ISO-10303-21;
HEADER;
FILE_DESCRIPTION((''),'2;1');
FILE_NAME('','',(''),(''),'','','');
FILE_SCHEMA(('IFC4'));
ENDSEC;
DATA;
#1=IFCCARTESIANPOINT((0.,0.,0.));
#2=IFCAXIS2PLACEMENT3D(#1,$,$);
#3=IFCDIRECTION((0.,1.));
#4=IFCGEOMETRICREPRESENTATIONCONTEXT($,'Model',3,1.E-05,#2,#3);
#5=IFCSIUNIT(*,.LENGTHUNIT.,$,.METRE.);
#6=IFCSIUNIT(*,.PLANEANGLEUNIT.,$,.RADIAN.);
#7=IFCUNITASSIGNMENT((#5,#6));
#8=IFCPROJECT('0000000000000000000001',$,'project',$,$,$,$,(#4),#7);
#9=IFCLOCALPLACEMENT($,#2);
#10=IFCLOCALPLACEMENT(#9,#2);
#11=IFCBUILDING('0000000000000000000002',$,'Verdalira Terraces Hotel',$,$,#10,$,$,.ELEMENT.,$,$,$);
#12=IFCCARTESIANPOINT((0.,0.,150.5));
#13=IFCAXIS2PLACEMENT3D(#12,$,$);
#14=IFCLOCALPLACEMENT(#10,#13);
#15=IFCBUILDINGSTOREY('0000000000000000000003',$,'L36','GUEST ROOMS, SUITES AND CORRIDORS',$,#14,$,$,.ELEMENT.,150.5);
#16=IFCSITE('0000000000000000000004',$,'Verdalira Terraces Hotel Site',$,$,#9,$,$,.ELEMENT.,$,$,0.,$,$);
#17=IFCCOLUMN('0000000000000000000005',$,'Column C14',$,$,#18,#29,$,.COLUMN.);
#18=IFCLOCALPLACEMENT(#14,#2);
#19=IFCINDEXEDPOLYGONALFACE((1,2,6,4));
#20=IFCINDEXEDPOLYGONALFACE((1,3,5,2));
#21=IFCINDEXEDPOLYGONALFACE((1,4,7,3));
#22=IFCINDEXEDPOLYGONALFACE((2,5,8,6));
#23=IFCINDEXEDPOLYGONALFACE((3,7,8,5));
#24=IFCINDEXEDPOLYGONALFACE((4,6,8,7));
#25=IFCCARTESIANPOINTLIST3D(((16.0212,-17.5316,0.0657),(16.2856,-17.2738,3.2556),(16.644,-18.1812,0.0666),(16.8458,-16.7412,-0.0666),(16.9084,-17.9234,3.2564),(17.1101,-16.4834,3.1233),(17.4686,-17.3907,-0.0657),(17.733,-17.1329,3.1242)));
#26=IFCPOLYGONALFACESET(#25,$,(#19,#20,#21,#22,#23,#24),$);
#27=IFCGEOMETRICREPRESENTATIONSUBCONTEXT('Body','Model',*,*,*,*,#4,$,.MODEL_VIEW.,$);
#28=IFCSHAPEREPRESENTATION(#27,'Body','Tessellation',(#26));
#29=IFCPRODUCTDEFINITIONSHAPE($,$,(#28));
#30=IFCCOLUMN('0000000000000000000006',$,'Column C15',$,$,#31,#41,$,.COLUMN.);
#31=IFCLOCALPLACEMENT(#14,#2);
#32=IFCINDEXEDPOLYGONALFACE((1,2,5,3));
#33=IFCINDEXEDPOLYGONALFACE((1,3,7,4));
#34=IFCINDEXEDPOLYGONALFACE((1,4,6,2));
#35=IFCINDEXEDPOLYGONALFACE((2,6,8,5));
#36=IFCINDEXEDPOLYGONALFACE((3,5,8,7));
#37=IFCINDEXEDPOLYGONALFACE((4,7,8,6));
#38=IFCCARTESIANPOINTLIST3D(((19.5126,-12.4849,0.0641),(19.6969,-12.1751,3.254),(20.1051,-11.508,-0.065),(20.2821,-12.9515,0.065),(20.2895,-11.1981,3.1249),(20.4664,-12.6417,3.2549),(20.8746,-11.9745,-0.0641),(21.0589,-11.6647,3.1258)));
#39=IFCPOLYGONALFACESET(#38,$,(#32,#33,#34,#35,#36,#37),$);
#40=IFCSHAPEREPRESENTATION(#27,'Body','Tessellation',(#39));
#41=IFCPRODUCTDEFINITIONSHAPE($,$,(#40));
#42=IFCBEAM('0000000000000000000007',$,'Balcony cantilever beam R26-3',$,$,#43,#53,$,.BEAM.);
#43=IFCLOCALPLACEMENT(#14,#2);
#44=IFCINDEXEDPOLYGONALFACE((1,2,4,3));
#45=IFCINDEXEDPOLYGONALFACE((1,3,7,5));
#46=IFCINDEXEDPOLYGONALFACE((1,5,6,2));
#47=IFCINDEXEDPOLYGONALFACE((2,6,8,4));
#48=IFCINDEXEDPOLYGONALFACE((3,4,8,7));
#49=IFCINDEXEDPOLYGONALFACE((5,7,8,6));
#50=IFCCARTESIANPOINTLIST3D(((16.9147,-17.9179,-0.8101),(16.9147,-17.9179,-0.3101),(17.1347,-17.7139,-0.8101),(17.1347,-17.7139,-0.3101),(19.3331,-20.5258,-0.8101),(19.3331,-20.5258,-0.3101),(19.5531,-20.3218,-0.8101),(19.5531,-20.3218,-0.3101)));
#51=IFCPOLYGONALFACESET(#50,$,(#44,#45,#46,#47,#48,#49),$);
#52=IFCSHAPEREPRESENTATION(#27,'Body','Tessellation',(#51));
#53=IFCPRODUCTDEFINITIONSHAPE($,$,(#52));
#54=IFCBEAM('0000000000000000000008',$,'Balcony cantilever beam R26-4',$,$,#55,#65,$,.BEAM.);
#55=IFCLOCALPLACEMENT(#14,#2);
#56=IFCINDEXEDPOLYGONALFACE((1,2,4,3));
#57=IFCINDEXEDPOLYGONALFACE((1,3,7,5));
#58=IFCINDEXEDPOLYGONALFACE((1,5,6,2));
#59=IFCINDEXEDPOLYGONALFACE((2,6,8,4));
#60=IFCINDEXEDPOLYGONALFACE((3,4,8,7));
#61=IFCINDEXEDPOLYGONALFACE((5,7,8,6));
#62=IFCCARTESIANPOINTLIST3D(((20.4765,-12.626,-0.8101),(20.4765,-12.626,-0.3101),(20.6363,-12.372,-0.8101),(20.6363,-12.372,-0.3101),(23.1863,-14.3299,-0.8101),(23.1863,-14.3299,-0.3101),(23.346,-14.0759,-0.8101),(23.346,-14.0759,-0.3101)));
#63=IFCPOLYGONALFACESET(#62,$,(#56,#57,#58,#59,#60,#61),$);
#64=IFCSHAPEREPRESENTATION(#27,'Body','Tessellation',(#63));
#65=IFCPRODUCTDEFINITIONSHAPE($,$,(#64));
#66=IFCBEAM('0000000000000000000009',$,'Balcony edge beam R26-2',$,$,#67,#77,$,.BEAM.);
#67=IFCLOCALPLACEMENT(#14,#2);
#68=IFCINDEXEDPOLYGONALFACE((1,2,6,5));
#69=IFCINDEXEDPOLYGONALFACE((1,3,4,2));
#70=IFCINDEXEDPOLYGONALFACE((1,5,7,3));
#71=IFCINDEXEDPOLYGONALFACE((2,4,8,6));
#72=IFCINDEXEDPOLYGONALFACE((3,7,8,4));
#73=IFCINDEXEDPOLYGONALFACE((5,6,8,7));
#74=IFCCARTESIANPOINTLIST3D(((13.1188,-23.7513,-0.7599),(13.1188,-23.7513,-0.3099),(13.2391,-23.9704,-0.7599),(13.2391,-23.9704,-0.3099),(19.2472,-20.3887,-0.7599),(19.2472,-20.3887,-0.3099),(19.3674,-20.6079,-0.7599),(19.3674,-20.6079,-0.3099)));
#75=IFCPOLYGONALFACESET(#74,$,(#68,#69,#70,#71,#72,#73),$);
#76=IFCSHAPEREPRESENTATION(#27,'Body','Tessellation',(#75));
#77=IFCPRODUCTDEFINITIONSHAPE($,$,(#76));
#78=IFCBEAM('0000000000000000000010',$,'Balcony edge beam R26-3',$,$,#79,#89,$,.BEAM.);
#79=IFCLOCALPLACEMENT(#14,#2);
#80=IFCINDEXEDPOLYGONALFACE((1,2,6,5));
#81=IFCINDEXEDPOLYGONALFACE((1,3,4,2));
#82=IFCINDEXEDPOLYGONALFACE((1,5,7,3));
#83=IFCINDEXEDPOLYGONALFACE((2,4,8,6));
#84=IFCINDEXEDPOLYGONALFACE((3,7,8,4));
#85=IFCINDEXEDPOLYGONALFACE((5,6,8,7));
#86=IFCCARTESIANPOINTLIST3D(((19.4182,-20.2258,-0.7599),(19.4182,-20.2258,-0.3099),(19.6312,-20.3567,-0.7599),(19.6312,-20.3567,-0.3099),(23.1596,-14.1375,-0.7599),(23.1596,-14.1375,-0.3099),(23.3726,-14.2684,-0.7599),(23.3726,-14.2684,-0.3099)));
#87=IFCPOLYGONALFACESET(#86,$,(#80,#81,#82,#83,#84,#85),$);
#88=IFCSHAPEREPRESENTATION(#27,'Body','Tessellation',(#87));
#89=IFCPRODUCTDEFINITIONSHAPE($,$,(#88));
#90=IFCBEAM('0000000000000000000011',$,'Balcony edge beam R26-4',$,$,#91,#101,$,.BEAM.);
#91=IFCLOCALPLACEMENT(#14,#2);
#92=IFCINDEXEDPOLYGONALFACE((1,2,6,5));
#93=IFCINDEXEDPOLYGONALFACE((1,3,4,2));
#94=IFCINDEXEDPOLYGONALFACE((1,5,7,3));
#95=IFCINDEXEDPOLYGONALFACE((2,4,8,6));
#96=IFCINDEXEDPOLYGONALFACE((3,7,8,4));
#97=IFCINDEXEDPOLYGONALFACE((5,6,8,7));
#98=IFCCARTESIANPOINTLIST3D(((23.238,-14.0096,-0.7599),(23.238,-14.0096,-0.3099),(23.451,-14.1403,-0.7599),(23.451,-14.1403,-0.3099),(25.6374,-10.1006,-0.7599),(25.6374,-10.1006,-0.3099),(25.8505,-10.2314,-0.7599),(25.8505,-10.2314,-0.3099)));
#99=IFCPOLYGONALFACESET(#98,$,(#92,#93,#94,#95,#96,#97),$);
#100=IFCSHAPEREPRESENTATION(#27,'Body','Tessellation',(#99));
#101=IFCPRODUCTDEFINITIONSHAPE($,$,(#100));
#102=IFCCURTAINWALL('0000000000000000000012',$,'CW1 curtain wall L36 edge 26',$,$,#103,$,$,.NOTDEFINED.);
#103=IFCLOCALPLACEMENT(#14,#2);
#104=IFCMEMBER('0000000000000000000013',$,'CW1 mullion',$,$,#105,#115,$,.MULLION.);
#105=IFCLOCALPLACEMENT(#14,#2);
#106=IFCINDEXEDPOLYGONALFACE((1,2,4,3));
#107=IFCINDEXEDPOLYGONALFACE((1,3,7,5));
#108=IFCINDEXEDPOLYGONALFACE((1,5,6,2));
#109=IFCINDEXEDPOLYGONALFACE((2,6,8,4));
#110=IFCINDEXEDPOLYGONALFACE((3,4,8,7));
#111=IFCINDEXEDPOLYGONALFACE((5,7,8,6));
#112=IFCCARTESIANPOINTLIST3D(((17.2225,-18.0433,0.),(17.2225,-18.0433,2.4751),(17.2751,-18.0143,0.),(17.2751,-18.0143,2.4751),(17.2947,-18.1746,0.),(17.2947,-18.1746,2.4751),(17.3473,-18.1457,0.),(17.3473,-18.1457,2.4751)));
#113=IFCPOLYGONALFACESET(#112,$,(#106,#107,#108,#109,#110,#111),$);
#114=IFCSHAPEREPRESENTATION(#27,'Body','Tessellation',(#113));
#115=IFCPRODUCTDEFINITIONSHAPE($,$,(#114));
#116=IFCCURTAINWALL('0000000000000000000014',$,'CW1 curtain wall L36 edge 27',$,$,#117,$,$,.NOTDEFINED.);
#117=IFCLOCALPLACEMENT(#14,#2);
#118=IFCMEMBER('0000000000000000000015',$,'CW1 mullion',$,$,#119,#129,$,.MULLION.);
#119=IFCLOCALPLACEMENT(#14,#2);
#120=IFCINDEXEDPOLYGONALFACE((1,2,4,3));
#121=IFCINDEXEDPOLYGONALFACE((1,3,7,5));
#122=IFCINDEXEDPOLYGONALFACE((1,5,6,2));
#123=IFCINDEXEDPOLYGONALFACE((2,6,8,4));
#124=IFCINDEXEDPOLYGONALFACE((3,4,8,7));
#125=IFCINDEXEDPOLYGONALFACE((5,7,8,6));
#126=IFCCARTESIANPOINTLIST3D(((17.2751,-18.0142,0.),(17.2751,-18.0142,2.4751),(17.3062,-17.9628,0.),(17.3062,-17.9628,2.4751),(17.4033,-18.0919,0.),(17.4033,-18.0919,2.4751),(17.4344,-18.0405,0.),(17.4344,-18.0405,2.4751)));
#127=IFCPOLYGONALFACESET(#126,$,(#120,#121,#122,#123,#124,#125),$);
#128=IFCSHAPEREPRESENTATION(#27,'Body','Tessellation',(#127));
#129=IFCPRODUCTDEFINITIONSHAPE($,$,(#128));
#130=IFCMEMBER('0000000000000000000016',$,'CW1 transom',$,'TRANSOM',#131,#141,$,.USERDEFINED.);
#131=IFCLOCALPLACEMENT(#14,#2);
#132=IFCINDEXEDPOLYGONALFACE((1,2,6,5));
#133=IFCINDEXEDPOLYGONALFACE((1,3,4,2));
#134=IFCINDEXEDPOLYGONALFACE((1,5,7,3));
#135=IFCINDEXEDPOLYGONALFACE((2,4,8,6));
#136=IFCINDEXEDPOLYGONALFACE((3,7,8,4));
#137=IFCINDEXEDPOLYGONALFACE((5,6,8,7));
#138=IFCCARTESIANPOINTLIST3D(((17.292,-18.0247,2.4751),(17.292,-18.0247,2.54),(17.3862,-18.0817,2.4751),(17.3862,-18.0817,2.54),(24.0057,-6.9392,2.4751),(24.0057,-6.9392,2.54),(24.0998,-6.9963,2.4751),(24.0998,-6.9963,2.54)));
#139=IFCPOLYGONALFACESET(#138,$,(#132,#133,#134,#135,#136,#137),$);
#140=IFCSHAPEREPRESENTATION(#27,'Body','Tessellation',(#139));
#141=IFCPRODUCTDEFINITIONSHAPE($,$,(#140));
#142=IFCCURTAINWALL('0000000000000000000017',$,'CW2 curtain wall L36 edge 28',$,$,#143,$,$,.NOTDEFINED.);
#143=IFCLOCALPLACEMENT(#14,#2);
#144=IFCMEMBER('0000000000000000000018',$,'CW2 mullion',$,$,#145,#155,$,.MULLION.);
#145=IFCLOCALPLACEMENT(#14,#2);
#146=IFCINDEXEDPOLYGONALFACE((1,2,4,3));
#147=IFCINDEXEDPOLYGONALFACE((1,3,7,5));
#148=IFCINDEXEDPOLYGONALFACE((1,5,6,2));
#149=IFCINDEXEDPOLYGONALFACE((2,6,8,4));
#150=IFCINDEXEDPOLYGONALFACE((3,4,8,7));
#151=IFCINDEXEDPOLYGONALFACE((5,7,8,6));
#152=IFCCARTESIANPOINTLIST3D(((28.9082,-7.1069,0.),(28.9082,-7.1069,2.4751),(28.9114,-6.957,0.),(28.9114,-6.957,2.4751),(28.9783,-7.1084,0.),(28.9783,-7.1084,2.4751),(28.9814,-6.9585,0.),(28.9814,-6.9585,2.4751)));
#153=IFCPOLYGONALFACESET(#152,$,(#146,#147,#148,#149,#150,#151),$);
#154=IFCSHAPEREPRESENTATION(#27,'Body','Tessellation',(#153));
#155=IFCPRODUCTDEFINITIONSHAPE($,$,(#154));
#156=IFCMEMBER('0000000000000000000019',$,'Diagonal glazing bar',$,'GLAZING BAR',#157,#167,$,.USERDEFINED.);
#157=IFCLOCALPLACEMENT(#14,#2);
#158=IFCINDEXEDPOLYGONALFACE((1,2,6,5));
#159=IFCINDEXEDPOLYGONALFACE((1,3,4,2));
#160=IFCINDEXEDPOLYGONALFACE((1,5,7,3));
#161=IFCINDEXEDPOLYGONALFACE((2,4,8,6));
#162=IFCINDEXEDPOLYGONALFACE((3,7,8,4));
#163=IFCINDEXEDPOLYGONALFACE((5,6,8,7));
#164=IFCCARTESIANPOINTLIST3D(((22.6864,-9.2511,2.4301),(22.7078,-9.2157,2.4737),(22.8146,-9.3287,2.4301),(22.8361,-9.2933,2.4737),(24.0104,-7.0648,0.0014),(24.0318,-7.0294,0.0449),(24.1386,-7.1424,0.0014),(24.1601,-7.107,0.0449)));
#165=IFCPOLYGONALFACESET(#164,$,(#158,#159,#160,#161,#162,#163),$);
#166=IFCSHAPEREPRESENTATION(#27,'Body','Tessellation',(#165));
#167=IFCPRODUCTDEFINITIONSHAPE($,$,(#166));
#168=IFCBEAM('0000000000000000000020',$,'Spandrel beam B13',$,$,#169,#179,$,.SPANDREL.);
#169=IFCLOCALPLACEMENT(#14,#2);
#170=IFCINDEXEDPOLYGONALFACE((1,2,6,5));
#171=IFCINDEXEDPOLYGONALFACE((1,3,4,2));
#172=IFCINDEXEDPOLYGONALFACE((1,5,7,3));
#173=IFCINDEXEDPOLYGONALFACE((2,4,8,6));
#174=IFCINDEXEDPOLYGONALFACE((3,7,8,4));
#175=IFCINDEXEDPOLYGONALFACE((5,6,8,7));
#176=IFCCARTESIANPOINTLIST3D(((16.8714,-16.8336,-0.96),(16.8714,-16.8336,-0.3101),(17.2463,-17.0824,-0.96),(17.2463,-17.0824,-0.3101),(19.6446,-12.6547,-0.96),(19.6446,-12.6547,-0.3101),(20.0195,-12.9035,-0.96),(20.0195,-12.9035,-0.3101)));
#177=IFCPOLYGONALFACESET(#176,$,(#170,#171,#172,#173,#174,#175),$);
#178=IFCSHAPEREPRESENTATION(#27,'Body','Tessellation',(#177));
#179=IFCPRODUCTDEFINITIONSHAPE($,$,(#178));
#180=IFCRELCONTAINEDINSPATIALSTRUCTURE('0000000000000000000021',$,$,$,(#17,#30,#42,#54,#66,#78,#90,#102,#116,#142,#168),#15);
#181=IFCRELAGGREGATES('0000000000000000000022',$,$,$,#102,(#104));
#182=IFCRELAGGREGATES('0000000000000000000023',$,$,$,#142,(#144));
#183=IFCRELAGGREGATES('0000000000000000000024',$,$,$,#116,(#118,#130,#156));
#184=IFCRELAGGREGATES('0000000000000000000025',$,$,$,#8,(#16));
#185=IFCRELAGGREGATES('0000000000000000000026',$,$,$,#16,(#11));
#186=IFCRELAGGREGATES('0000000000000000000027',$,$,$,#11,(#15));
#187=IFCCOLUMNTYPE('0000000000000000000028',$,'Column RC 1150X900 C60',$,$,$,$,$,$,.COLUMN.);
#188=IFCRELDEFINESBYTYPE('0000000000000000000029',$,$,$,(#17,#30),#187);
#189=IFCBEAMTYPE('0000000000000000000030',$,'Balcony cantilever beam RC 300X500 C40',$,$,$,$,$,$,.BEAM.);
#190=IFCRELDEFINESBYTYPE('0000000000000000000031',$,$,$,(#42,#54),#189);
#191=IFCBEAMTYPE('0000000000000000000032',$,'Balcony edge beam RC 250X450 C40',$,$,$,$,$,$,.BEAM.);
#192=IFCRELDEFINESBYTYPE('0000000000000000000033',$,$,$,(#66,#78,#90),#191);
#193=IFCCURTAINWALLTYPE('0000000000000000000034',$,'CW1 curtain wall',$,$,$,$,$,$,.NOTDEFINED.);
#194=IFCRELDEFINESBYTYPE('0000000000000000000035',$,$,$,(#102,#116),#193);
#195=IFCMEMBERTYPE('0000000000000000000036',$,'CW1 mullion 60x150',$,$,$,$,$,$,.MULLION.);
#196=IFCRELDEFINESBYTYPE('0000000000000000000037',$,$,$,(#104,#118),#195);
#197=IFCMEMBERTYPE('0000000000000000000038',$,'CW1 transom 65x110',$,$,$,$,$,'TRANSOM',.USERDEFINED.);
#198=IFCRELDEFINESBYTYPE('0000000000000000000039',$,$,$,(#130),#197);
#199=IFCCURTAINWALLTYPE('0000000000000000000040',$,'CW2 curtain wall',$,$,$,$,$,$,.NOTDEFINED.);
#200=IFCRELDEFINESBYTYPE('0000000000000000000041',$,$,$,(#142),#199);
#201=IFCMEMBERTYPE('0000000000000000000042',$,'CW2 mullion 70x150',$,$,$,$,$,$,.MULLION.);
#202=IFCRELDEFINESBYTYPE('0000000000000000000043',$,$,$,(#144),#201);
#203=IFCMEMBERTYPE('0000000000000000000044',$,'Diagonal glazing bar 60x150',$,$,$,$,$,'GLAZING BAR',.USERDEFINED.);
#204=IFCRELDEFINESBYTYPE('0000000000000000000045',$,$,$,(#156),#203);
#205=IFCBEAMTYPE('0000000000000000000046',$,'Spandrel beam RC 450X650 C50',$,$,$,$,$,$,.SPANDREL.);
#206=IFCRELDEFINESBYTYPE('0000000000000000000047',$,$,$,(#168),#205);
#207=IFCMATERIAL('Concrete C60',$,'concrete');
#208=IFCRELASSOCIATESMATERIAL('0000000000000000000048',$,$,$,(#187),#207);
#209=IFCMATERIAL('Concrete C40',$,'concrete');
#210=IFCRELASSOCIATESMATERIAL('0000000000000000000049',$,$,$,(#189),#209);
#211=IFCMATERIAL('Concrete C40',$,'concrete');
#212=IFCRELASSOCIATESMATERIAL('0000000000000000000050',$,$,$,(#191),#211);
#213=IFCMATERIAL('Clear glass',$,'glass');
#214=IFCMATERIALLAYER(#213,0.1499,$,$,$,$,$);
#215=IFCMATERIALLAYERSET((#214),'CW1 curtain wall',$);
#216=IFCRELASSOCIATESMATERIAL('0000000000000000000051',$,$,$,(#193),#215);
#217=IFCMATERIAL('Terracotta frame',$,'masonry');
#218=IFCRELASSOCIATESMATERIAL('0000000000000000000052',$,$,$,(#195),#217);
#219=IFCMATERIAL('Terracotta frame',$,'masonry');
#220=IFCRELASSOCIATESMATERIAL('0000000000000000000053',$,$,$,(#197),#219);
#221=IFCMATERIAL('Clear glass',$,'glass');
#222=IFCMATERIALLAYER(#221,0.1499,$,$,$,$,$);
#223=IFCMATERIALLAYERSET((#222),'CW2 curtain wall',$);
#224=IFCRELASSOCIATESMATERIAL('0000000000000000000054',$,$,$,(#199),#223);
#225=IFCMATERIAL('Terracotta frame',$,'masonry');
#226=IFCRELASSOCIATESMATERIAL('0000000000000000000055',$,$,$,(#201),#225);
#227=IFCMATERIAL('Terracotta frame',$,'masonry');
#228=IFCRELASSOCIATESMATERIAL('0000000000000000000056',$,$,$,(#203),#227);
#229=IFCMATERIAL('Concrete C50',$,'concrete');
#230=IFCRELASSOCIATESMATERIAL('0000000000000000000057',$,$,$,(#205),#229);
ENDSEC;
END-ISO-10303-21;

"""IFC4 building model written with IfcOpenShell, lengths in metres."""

from ifc_helpers import new_model, si_unit, direction, frame, origin, origin_2d, place, context, subcontext, project, spatial, rectangle, extrude, material, layer, layer_set, material_profile, profile_set, type_object, element, aggregate, save


model = new_model("IFC4")

# Units and contexts
model_context = context("Model", 3, precision=1e-05, world=origin(), true_north=direction((0.0, 1.0)))
body_context = subcontext(model_context, "Body", "Model", "MODEL_VIEW")
ifc_project = project(units=[si_unit("LENGTHUNIT", "METRE"), si_unit("PLANEANGLEUNIT", "RADIAN")], contexts=[model_context])

# Site, building, storey
site_placement = place(None, origin())
site = spatial("IfcSite", under=ifc_project, at=site_placement, Name="Verdalira Terraces Hotel Site", CompositionType="ELEMENT", RefElevation=0.0)
building_placement = place(site_placement, origin())
building = spatial("IfcBuilding", under=site, at=building_placement, Name="Verdalira Terraces Hotel", CompositionType="ELEMENT")
storey_placement = place(building_placement, frame((0.0, 0.0, 150.5)))
storey = spatial("IfcBuildingStorey", under=building, at=storey_placement, Name="L36", Description="GUEST ROOMS, SUITES AND CORRIDORS", CompositionType="ELEMENT", Elevation=150.5)

# Columns
ifc_material_1 = material(Name="Concrete C60", Category="concrete")
ifc_material_profile_1 = material_profile(ifc_material_1, rectangle(XDim=1.1499, YDim=0.8999, at=origin_2d()), Name="RC 1150X900")
ifc_profile_set_1 = profile_set([ifc_material_profile_1], Name="Concrete C60")
column_type = type_object("IfcColumnType", Name="Column RC 1150X900 C60", PredefinedType="COLUMN", material=ifc_profile_set_1)
column_1_placement = place(storey_placement, frame((16.7449, -17.4612, 0.0), z_axis=(0.082337, 0.080284, 0.993366), x_axis=(-0.717087, -0.687431, 0.114996)))
element("IfcColumn", 1, at=column_1_placement, inside=storey, type_object=column_type, Name="Column C14", PredefinedType="COLUMN", context=body_context, shape_type="SweptSolid", body=[
    extrude(rectangle(XDim=1.1499, YDim=0.8999, at=origin_2d()), origin(), (0.0, 0.0, 1.0), 3.2112),
])
column_2_placement = place(storey_placement, frame((20.1936, -12.2297, 0.0), z_axis=(0.057418, 0.096508, 0.993675), x_axis=(0.515299, 0.849622, -0.112293)))
element("IfcColumn", 2, at=column_2_placement, inside=storey, type_object=column_type, Name="Column C15", PredefinedType="COLUMN", context=body_context, shape_type="SweptSolid", body=[
    extrude(rectangle(XDim=1.1499, YDim=0.8999, at=origin_2d()), origin(), (0.0, 0.0, 1.0), 3.2102),
])

# Beams
ifc_material_2 = material(Name="Concrete C40", Category="concrete")
ifc_material_profile_2 = material_profile(ifc_material_2, rectangle(XDim=0.3, YDim=0.5, at=origin_2d()), Name="RC 300X500")
ifc_profile_set_2 = profile_set([ifc_material_profile_2], Name="Concrete C40")
beam_type_1 = type_object("IfcBeamType", Name="Balcony cantilever beam RC 300X500 C40", PredefinedType="BEAM", material=ifc_profile_set_2)
beam_1_placement = place(storey_placement, frame((17.0247, -17.8159, -0.5601), z_axis=(0.679972, -0.733238, 0.0), x_axis=(0.733238, 0.679972, 0.0)))
element("IfcBeam", 3, at=beam_1_placement, inside=storey, type_object=beam_type_1, Name="Balcony cantilever beam R26-3", PredefinedType="BEAM", context=body_context, shape_type="SweptSolid", body=[
    extrude(rectangle(XDim=0.3, YDim=0.5, at=origin_2d()), origin(), (0.0, 0.0, 1.0), 3.5566),
])
beam_2_placement = place(storey_placement, frame((20.5564, -12.499, -0.5601), z_axis=(0.846551, -0.532307, 0.0), x_axis=(0.532307, 0.846551, 0.0)))
element("IfcBeam", 4, at=beam_2_placement, inside=storey, type_object=beam_type_1, Name="Balcony cantilever beam R26-4", PredefinedType="BEAM", context=body_context, shape_type="SweptSolid", body=[
    extrude(rectangle(XDim=0.3, YDim=0.5, at=origin_2d()), origin(), (0.0, 0.0, 1.0), 3.2009),
])
ifc_material_3 = material(Name="Concrete C40", Category="concrete")
ifc_material_profile_3 = material_profile(ifc_material_3, rectangle(XDim=0.25, YDim=0.45, at=origin_2d()), Name="RC 250X450")
ifc_profile_set_3 = profile_set([ifc_material_profile_3], Name="Concrete C40")
beam_type_2 = type_object("IfcBeamType", Name="Balcony edge beam RC 250X450 C40", PredefinedType="BEAM", material=ifc_profile_set_3)
beam_3_placement = place(storey_placement, frame((13.179, -23.8608, -0.5349), z_axis=(0.876704, 0.481031, 0.0), x_axis=(-0.481031, 0.876704, 0.0)))
element("IfcBeam", 5, at=beam_3_placement, inside=storey, type_object=beam_type_2, Name="Balcony edge beam R26-2", PredefinedType="BEAM", context=body_context, shape_type="SweptSolid", body=[
    extrude(rectangle(XDim=0.25, YDim=0.45, at=origin_2d()), origin(), (0.0, 0.0, 1.0), 6.9902),
])
beam_4_placement = place(storey_placement, frame((19.5247, -20.2913, -0.5349), z_axis=(0.523566, 0.851985, 0.0), x_axis=(-0.851985, 0.523566, 0.0)))
element("IfcBeam", 6, at=beam_4_placement, inside=storey, type_object=beam_type_2, Name="Balcony edge beam R26-3", PredefinedType="BEAM", context=body_context, shape_type="SweptSolid", body=[
    extrude(rectangle(XDim=0.25, YDim=0.45, at=origin_2d()), origin(), (0.0, 0.0, 1.0), 7.146),
])
beam_5_placement = place(storey_placement, frame((23.3445, -14.075, -0.5349), z_axis=(0.523135, 0.85225, 0.0), x_axis=(-0.85225, 0.523135, 0.0)))
element("IfcBeam", 7, at=beam_5_placement, inside=storey, type_object=beam_type_2, Name="Balcony edge beam R26-4", PredefinedType="BEAM", context=body_context, shape_type="SweptSolid", body=[
    extrude(rectangle(XDim=0.25, YDim=0.45, at=origin_2d()), origin(), (0.0, 0.0, 1.0), 4.5867),
])

# Curtain wall, member
ifc_material_4 = material(Name="Clear glass", Category="glass")
ifc_layer_1 = layer(ifc_material_4, 0.1499)
ifc_layer_set_1 = layer_set([ifc_layer_1], Name="CW1 curtain wall")
curtain_wall_type_1 = type_object("IfcCurtainWallType", Name="CW1 curtain wall", PredefinedType="NOTDEFINED", material=ifc_layer_set_1)
curtain_wall_1_placement = place(storey_placement, origin())
curtain_wall_1 = element("IfcCurtainWall", 8, at=curtain_wall_1_placement, inside=storey, type_object=curtain_wall_type_1, Name="CW1 curtain wall L36 edge 26", PredefinedType="NOTDEFINED")
ifc_material_5 = material(Name="Terracotta frame", Category="masonry")
ifc_material_profile_4 = material_profile(ifc_material_5, rectangle(XDim=0.0601, YDim=0.1499, at=origin_2d()), Name="MU 60x150")
ifc_profile_set_4 = profile_set([ifc_material_profile_4], Name="Terracotta frame")
member_type_1 = type_object("IfcMemberType", Name="CW1 mullion 60x150", PredefinedType="MULLION", material=ifc_profile_set_4)
member_1_placement = place(storey_placement, frame((17.2849, -18.0945, 0.0), z_axis=(0.0, 0.0, 1.0), x_axis=(0.876307, 0.481754, 0.0)))
member_1 = element("IfcMember", 9, at=member_1_placement, type_object=member_type_1, Name="CW1 mullion", PredefinedType="MULLION", context=body_context, shape_type="SweptSolid", body=[
    extrude(rectangle(XDim=0.0601, YDim=0.1499, at=origin_2d()), origin(), (0.0, 0.0, 1.0), 2.4751),
])
aggregate(curtain_wall_1, [member_1])

# Curtain wall, members
curtain_wall_2_placement = place(storey_placement, origin())
curtain_wall_2 = element("IfcCurtainWall", 10, at=curtain_wall_2_placement, inside=storey, type_object=curtain_wall_type_1, Name="CW1 curtain wall L36 edge 27", PredefinedType="NOTDEFINED")
member_2_placement = place(storey_placement, frame((17.3547, -18.0273, 0.0), z_axis=(0.0, 0.0, 1.0), x_axis=(0.518027, 0.855364, 0.0)))
member_2 = element("IfcMember", 11, at=member_2_placement, type_object=member_type_1, Name="CW1 mullion", PredefinedType="MULLION", context=body_context, shape_type="SweptSolid", body=[
    extrude(rectangle(XDim=0.0601, YDim=0.1499, at=origin_2d()), origin(), (0.0, 0.0, 1.0), 2.4751),
])
ifc_material_6 = material(Name="Terracotta frame", Category="masonry")
ifc_material_profile_5 = material_profile(ifc_material_6, rectangle(XDim=0.1101, YDim=0.0649, at=origin_2d()), Name="TR 65x110")
ifc_profile_set_5 = profile_set([ifc_material_profile_5], Name="Terracotta frame")
member_type_2 = type_object("IfcMemberType", Name="CW1 transom 65x110", ElementType="TRANSOM", PredefinedType="USERDEFINED", material=ifc_profile_set_5)
member_3_placement = place(storey_placement, frame((17.3391, -18.0532, 2.5076), z_axis=(0.518029, 0.855363, 0.0), x_axis=(-0.855363, 0.518029, 0.0)))
member_3 = element("IfcMember", 12, at=member_3_placement, type_object=member_type_2, Name="CW1 transom", ObjectType="TRANSOM", PredefinedType="USERDEFINED", context=body_context, shape_type="SweptSolid", body=[
    extrude(rectangle(XDim=0.1101, YDim=0.0649, at=origin_2d()), origin(), (0.0, 0.0, 1.0), 12.96),
])

# Curtain wall, member
ifc_material_7 = material(Name="Clear glass", Category="glass")
ifc_layer_2 = layer(ifc_material_7, 0.1499)
ifc_layer_set_2 = layer_set([ifc_layer_2], Name="CW2 curtain wall")
curtain_wall_type_2 = type_object("IfcCurtainWallType", Name="CW2 curtain wall", PredefinedType="NOTDEFINED", material=ifc_layer_set_2)
curtain_wall_3_placement = place(storey_placement, origin())
curtain_wall_3 = element("IfcCurtainWall", 13, at=curtain_wall_3_placement, inside=storey, type_object=curtain_wall_type_2, Name="CW2 curtain wall L36 edge 28", PredefinedType="NOTDEFINED")
ifc_material_8 = material(Name="Terracotta frame", Category="masonry")
ifc_material_profile_6 = material_profile(ifc_material_8, rectangle(XDim=0.0701, YDim=0.1499, at=origin_2d()), Name="MU 70x150")
ifc_profile_set_6 = profile_set([ifc_material_profile_6], Name="Terracotta frame")
member_type_3 = type_object("IfcMemberType", Name="CW2 mullion 70x150", PredefinedType="MULLION", material=ifc_profile_set_6)
member_4_placement = place(storey_placement, frame((28.9448, -7.0327, 0.0), z_axis=(0.0, 0.0, 1.0), x_axis=(0.999781, -0.020942, 0.0)))
member_4 = element("IfcMember", 14, at=member_4_placement, type_object=member_type_3, Name="CW2 mullion", PredefinedType="MULLION", context=body_context, shape_type="SweptSolid", body=[
    extrude(rectangle(XDim=0.0701, YDim=0.1499, at=origin_2d()), origin(), (0.0, 0.0, 1.0), 2.4751),
])
aggregate(curtain_wall_3, [member_4])

# Member
ifc_material_9 = material(Name="Terracotta frame", Category="masonry")
ifc_material_profile_7 = material_profile(ifc_material_9, rectangle(XDim=0.1499, YDim=0.0601, at=origin_2d()), Name="GB 60x150")
ifc_profile_set_7 = profile_set([ifc_material_profile_7], Name="Terracotta frame")
member_type_4 = type_object("IfcMemberType", Name="Diagonal glazing bar 60x150", ElementType="GLAZING BAR", PredefinedType="USERDEFINED", material=ifc_profile_set_7)
member_5_placement = place(storey_placement, frame((22.7612, -9.2722, 2.4519), z_axis=(0.375509, 0.620078, -0.688837), x_axis=(-0.855379, 0.518003, 0.0)))
member_5 = element("IfcMember", 15, at=member_5_placement, type_object=member_type_4, Name="Diagonal glazing bar", ObjectType="GLAZING BAR", PredefinedType="USERDEFINED", context=body_context, shape_type="SweptSolid", body=[
    extrude(rectangle(XDim=0.1499, YDim=0.0601, at=origin_2d()), origin(), (0.0, 0.0, 1.0), 3.5259),
])

# Beam
ifc_material_10 = material(Name="Concrete C50", Category="concrete")
ifc_material_profile_8 = material_profile(ifc_material_10, rectangle(XDim=0.45, YDim=0.6499, at=origin_2d()), Name="RC 450X650")
ifc_profile_set_8 = profile_set([ifc_material_profile_8], Name="Concrete C50")
beam_type_3 = type_object("IfcBeamType", Name="Spandrel beam RC 450X650 C50", PredefinedType="SPANDREL", material=ifc_profile_set_8)
beam_6_placement = place(storey_placement, frame((17.0588, -16.958, -0.635), z_axis=(0.552935, 0.833224, 0.0), x_axis=(-0.833224, 0.552935, 0.0)))
element("IfcBeam", 16, at=beam_6_placement, inside=storey, type_object=beam_type_3, Name="Spandrel beam B13", PredefinedType="SPANDREL", context=body_context, shape_type="SweptSolid", body=[
    extrude(rectangle(XDim=0.45, YDim=0.6499, at=origin_2d()), origin(), (0.0, 0.0, 1.0), 5.0154),
])

aggregate(curtain_wall_2, [member_2, member_3, member_5])

save(model, "model.ifc")
